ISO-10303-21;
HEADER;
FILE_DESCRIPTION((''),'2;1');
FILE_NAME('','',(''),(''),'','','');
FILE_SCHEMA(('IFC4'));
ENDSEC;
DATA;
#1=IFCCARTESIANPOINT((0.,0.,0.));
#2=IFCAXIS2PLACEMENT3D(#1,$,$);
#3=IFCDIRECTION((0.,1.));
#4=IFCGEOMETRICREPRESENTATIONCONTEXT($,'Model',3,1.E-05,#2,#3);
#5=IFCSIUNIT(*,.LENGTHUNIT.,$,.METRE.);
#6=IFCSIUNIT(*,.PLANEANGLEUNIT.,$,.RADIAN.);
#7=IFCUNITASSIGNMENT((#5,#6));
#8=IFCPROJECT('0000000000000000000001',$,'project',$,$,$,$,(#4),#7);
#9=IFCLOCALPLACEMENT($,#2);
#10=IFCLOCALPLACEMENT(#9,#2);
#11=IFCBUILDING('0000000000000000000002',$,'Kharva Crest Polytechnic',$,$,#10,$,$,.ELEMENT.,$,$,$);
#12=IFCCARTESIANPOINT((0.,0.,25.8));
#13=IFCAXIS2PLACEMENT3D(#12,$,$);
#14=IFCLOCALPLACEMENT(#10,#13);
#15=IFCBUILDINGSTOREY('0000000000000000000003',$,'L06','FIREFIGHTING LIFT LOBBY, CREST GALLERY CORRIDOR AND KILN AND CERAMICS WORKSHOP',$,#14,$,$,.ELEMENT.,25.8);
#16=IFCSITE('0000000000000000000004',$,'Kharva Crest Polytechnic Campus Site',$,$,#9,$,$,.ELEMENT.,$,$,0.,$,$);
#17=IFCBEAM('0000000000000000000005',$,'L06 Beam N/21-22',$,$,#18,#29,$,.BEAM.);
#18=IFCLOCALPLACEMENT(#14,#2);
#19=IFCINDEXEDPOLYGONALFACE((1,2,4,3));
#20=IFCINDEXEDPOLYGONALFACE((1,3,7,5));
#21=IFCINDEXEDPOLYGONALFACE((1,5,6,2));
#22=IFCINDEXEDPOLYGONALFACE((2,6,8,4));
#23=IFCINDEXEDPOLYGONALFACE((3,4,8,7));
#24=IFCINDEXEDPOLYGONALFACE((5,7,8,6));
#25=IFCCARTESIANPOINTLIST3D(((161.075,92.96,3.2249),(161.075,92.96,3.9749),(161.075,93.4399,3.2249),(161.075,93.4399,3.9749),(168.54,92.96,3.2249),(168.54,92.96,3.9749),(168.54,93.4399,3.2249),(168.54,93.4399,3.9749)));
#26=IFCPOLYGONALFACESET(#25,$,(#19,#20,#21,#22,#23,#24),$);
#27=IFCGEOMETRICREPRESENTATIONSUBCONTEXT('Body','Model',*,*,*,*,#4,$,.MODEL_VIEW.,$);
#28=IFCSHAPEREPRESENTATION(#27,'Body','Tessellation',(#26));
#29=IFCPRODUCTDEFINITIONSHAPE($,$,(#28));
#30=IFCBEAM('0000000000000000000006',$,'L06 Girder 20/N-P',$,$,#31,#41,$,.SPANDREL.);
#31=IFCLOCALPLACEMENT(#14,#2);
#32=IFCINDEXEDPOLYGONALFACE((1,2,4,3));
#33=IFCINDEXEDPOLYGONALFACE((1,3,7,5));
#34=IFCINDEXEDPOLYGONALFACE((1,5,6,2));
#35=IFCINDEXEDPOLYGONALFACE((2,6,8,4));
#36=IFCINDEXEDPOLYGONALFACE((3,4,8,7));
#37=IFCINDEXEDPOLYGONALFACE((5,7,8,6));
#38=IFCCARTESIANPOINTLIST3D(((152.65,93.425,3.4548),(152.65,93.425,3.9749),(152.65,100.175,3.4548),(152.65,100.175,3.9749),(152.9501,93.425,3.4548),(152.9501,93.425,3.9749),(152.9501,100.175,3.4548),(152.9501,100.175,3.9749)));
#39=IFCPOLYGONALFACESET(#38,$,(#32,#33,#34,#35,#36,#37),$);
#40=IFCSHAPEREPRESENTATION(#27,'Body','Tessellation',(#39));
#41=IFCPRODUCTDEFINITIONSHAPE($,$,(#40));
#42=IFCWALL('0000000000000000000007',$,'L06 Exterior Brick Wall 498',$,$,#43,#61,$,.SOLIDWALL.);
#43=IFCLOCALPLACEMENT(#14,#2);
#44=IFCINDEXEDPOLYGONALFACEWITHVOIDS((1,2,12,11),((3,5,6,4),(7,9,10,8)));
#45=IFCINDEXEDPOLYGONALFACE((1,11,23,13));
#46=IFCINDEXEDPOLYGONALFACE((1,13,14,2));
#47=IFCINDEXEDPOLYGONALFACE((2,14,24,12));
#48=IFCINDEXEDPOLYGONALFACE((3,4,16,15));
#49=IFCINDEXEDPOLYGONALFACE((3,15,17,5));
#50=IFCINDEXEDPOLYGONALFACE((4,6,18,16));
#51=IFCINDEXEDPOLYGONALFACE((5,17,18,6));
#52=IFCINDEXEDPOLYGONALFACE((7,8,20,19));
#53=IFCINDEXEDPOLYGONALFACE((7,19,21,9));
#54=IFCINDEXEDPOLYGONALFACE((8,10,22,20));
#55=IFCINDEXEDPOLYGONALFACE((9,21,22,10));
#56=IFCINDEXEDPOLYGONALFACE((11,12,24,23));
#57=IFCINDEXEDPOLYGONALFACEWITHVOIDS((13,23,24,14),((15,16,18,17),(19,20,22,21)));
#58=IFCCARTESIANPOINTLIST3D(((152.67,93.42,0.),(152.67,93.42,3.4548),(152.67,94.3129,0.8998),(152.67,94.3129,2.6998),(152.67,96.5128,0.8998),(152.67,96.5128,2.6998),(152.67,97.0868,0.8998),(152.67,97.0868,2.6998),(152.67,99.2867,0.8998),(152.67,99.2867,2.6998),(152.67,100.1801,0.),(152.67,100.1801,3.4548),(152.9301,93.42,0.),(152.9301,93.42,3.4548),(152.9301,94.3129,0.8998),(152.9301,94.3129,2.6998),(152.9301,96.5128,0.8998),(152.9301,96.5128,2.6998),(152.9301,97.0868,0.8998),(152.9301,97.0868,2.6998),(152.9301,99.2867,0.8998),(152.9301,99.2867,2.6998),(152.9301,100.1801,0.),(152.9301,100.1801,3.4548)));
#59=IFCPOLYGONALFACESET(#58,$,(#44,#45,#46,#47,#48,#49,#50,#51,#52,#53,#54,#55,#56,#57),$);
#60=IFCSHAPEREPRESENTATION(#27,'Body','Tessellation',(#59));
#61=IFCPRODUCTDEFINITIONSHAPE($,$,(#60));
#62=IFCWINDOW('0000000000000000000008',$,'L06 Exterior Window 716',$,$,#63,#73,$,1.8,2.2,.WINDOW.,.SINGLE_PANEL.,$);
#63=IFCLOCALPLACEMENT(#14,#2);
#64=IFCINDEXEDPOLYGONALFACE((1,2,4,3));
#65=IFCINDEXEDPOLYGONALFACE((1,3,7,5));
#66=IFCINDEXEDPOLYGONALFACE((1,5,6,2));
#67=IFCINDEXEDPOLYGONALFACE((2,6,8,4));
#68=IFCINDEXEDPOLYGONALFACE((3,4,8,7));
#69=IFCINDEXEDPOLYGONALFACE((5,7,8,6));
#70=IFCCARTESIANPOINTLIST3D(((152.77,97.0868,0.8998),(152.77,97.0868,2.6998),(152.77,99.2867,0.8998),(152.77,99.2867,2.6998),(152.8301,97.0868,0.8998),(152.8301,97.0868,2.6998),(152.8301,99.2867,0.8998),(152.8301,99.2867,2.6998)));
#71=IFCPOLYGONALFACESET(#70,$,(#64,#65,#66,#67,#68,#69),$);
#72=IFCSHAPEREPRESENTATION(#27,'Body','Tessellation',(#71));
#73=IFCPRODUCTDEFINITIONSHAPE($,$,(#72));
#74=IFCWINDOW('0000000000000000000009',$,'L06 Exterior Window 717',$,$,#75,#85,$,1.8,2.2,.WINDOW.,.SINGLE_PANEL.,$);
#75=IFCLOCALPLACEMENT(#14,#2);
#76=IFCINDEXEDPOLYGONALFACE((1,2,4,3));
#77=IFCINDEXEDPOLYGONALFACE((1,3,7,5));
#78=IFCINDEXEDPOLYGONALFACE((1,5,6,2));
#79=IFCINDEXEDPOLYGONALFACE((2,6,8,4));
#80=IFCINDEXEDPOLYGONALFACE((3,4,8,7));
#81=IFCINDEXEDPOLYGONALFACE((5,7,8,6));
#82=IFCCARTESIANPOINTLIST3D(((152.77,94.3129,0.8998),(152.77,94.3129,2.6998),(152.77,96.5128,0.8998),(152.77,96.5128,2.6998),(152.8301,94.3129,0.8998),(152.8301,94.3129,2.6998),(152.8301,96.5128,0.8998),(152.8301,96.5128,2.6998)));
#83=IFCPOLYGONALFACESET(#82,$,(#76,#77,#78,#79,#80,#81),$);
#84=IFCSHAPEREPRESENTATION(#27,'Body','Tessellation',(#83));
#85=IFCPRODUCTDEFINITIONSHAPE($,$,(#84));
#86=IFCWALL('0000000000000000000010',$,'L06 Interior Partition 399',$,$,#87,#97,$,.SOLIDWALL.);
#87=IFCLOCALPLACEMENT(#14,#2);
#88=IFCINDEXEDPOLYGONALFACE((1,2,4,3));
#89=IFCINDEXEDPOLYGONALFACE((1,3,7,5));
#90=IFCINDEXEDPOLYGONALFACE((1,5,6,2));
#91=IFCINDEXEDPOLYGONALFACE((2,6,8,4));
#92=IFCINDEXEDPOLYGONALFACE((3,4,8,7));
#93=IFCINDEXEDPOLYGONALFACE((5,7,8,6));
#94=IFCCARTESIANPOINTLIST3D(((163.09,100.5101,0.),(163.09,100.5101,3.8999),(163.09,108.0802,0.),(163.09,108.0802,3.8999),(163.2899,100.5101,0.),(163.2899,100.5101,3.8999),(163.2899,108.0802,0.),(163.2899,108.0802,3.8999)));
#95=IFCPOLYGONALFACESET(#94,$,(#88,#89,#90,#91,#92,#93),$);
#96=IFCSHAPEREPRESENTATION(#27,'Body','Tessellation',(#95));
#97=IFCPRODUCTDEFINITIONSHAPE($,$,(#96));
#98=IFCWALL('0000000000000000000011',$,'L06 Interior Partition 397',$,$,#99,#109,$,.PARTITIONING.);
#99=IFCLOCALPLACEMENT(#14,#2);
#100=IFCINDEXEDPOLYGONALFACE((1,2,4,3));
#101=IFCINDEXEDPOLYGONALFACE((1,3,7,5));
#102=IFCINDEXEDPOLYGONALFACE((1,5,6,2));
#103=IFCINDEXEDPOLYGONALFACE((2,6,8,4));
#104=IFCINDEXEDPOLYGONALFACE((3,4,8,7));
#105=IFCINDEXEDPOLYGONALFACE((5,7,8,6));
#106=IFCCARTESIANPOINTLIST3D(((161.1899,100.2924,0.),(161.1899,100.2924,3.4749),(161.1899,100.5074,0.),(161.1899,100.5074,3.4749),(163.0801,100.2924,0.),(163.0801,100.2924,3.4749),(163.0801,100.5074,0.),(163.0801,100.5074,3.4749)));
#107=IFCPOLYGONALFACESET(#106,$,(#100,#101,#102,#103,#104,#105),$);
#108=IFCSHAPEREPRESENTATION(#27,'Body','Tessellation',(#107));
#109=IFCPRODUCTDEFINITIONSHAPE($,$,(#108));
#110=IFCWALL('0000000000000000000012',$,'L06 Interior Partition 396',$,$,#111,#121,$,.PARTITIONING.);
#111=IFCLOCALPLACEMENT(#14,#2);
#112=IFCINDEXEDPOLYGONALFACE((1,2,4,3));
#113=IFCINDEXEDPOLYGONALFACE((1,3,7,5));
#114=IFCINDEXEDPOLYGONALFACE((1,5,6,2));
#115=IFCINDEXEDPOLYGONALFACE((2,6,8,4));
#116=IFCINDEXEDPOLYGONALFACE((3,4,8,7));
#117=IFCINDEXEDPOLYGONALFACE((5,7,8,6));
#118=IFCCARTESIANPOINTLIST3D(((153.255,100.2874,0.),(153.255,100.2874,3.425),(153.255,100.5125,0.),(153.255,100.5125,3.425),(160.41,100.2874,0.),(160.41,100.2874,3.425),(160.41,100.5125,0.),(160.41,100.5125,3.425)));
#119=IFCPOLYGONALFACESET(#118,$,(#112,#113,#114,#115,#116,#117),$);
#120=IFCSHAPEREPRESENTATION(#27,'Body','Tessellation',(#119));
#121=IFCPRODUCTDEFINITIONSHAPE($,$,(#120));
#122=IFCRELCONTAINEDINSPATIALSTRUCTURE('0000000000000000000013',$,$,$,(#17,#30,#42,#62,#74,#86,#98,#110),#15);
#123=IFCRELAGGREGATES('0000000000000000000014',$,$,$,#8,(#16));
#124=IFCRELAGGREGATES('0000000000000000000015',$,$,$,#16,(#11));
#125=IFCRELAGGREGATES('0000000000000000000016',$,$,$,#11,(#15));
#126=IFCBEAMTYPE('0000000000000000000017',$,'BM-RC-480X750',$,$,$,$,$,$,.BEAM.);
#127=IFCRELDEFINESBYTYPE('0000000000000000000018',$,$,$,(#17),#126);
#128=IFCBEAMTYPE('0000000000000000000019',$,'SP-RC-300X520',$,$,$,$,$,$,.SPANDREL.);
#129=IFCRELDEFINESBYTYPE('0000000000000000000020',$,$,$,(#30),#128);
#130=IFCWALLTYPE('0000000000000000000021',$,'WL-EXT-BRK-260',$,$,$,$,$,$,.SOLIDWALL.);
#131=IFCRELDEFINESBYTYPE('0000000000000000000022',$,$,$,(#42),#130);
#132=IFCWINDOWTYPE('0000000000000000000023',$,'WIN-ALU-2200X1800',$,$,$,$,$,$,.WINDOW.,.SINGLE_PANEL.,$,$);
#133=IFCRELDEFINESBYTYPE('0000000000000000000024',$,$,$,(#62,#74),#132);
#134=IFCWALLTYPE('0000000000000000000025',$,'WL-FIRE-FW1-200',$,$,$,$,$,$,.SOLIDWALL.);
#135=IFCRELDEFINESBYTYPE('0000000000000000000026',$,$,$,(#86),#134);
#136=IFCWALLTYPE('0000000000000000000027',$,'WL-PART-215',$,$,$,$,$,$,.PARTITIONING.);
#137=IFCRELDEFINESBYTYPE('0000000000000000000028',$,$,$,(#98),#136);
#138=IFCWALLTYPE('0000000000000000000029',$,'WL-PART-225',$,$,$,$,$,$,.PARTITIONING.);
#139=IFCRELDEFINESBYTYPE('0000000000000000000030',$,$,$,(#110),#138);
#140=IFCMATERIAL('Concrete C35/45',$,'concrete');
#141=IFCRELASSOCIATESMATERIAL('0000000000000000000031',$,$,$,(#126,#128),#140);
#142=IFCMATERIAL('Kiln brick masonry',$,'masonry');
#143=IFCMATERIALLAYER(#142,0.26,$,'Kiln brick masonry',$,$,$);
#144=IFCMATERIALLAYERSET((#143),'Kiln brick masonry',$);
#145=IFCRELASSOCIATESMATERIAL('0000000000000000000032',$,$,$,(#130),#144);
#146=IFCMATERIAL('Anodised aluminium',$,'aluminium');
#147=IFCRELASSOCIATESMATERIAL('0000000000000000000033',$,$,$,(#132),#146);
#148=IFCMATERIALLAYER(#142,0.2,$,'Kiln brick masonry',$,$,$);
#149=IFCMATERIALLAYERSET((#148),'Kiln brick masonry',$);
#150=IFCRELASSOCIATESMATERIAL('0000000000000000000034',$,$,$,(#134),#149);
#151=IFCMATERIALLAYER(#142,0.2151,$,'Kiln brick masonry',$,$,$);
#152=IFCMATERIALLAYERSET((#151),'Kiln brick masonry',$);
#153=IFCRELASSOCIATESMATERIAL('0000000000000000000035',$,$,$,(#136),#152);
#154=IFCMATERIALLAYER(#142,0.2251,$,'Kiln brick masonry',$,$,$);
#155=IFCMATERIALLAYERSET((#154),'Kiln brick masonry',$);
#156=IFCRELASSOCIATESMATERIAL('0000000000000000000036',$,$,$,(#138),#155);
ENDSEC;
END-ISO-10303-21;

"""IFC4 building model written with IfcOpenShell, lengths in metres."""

from ifc_helpers import new_model, si_unit, direction, frame, frame_2d, origin, origin_2d, place, context, subcontext, project, spatial, rectangle, extrude, material, layer, layer_set, material_profile, profile_set, type_object, element, fill, save


model = new_model("IFC4")

# Units and contexts
model_context = context("Model", 3, precision=1e-05, world=origin(), true_north=direction((0.0, 1.0)))
body_context = subcontext(model_context, "Body", "Model", "MODEL_VIEW")
ifc_project = project(units=[si_unit("LENGTHUNIT", "METRE"), si_unit("PLANEANGLEUNIT", "RADIAN")], contexts=[model_context])

# Site, building, storey
site_placement = place(None, origin())
site = spatial("IfcSite", under=ifc_project, at=site_placement, Name="Kharva Crest Polytechnic Campus Site", CompositionType="ELEMENT", RefElevation=0.0)
building_placement = place(site_placement, origin())
building = spatial("IfcBuilding", under=site, at=building_placement, Name="Kharva Crest Polytechnic", CompositionType="ELEMENT")
storey_placement = place(building_placement, frame((0.0, 0.0, 25.8)))
storey = spatial("IfcBuildingStorey", under=building, at=storey_placement, Name="L06", Description="FIREFIGHTING LIFT LOBBY, CREST GALLERY CORRIDOR AND KILN AND CERAMICS WORKSHOP", CompositionType="ELEMENT", Elevation=25.8)

# Beams
ifc_material_1 = material(Name="Concrete C35/45", Category="concrete")
ifc_material_profile_1 = material_profile(ifc_material_1, rectangle(XDim=0.48, YDim=0.75, at=origin_2d()), Name="RECT 480 X 750")
ifc_profile_set_1 = profile_set([ifc_material_profile_1], Name="Concrete C35/45")
beam_type_1 = type_object("IfcBeamType", Name="BM-RC-480X750", PredefinedType="BEAM", material=ifc_profile_set_1)
beam_1_placement = place(storey_placement, frame((161.075, 93.2, 3.5999), z_axis=(1.0, 0.0, 0.0), x_axis=(0.0, 1.0, 0.0)))
element("IfcBeam", 1, at=beam_1_placement, inside=storey, type_object=beam_type_1, Name="L06 Beam N/21-22", PredefinedType="BEAM", context=body_context, shape_type="SweptSolid", body=[
    extrude(rectangle(XDim=0.48, YDim=0.75, at=origin_2d()), origin(), (0.0, 0.0, 1.0), 7.4651),
])
ifc_material_profile_2 = material_profile(ifc_material_1, rectangle(XDim=0.3, YDim=0.52, at=origin_2d()), Name="RECT 300 X 520")
ifc_profile_set_2 = profile_set([ifc_material_profile_2], Name="Concrete C35/45")
beam_type_2 = type_object("IfcBeamType", Name="SP-RC-300X520", PredefinedType="SPANDREL", material=ifc_profile_set_2)
beam_2_placement = place(storey_placement, frame((152.8, 93.425, 3.7148), z_axis=(0.0, 1.0, 0.0), x_axis=(-1.0, 0.0, 0.0)))
element("IfcBeam", 2, at=beam_2_placement, inside=storey, type_object=beam_type_2, Name="L06 Girder 20/N-P", PredefinedType="SPANDREL", context=body_context, shape_type="SweptSolid", body=[
    extrude(rectangle(XDim=0.3, YDim=0.52, at=origin_2d()), origin(), (0.0, 0.0, 1.0), 6.75),
])

# Wall, openings, windows
ifc_material_2 = material(Name="Kiln brick masonry", Category="masonry")
ifc_layer_1 = layer(ifc_material_2, 0.26, Name="Kiln brick masonry")
ifc_layer_set_1 = layer_set([ifc_layer_1], Name="Kiln brick masonry")
wall_type_1 = type_object("IfcWallType", Name="WL-EXT-BRK-260", PredefinedType="SOLIDWALL", material=ifc_layer_set_1)
wall_1_placement = place(storey_placement, frame((152.8, 100.1799, 0.0), z_axis=(0.0, 0.0, 1.0), x_axis=(0.0, -1.0, 0.0)))
wall_1 = element("IfcWall", 3, at=wall_1_placement, inside=storey, type_object=wall_type_1, Name="L06 Exterior Brick Wall 498", PredefinedType="SOLIDWALL", context=body_context, shape_type="SweptSolid", body=[
    extrude(rectangle(XDim=6.76, YDim=0.26, at=frame_2d((3.3799, 0.0))), origin(), (0.0, 0.0, 1.0), 3.4548),
])
opening_1_placement = place(wall_1_placement, frame((0.8931, 0.0, 0.8999)))
opening_1 = element("IfcOpeningElement", 4, at=opening_1_placement, cuts=wall_1, PredefinedType="OPENING", context=body_context, shape_type="SweptSolid", body=[
    extrude(rectangle(XDim=2.2, YDim=1.8, at=frame_2d((1.1001, 0.8999))), frame((0.0, 0.1399, 0.0), z_axis=(0.0, -1.0, 0.0), x_axis=(1.0, 0.0, 0.0)), (0.0, 0.0, 1.0), 0.28),
])
opening_2_placement = place(wall_1_placement, frame((3.667, 0.0, 0.8999)))
opening_2 = element("IfcOpeningElement", 5, at=opening_2_placement, cuts=wall_1, PredefinedType="OPENING", context=body_context, shape_type="SweptSolid", body=[
    extrude(rectangle(XDim=2.2, YDim=1.8, at=frame_2d((1.1001, 0.8999))), frame((0.0, 0.1399, 0.0), z_axis=(0.0, -1.0, 0.0), x_axis=(1.0, 0.0, 0.0)), (0.0, 0.0, 1.0), 0.28),
])
ifc_material_3 = material(Name="Anodised aluminium", Category="aluminium")
window_type = type_object("IfcWindowType", Name="WIN-ALU-2200X1800", PartitioningType="SINGLE_PANEL", PredefinedType="WINDOW", material=ifc_material_3)
window_1_placement = place(opening_1_placement, origin())
window_1 = element("IfcWindow", 6, at=window_1_placement, inside=storey, type_object=window_type, Name="L06 Exterior Window 716", OverallHeight=1.8, OverallWidth=2.2, PartitioningType="SINGLE_PANEL", PredefinedType="WINDOW", context=body_context, shape_type="SweptSolid", body=[
    extrude(rectangle(XDim=2.2, YDim=1.8, at=frame_2d((1.1001, 0.8999))), frame((0.0, 0.03, 0.0), z_axis=(0.0, -1.0, 0.0), x_axis=(1.0, 0.0, 0.0)), (0.0, 0.0, 1.0), 0.0601),
])
fill(opening_1, window_1)
window_2_placement = place(opening_2_placement, origin())
window_2 = element("IfcWindow", 7, at=window_2_placement, inside=storey, type_object=window_type, Name="L06 Exterior Window 717", OverallHeight=1.8, OverallWidth=2.2, PartitioningType="SINGLE_PANEL", PredefinedType="WINDOW", context=body_context, shape_type="SweptSolid", body=[
    extrude(rectangle(XDim=2.2, YDim=1.8, at=frame_2d((1.1001, 0.8999))), frame((0.0, 0.03, 0.0), z_axis=(0.0, -1.0, 0.0), x_axis=(1.0, 0.0, 0.0)), (0.0, 0.0, 1.0), 0.0601),
])
fill(opening_2, window_2)

# Walls
ifc_layer_2 = layer(ifc_material_2, 0.2, Name="Kiln brick masonry")
ifc_layer_set_2 = layer_set([ifc_layer_2], Name="Kiln brick masonry")
wall_type_2 = type_object("IfcWallType", Name="WL-FIRE-FW1-200", PredefinedType="SOLIDWALL", material=ifc_layer_set_2)
wall_2_placement = place(storey_placement, frame((163.1899, 100.51, 0.0), z_axis=(0.0, 0.0, 1.0), x_axis=(0.0, 1.0, 0.0)))
element("IfcWall", 8, at=wall_2_placement, inside=storey, type_object=wall_type_2, Name="L06 Interior Partition 399", PredefinedType="SOLIDWALL", context=body_context, shape_type="SweptSolid", body=[
    extrude(rectangle(XDim=7.5701, YDim=0.2, at=frame_2d((3.7852, 0.0))), origin(), (0.0, 0.0, 1.0), 3.8999),
])
ifc_layer_3 = layer(ifc_material_2, 0.2151, Name="Kiln brick masonry")
ifc_layer_set_3 = layer_set([ifc_layer_3], Name="Kiln brick masonry")
wall_type_3 = type_object("IfcWallType", Name="WL-PART-215", PredefinedType="PARTITIONING", material=ifc_layer_set_3)
wall_3_placement = place(storey_placement, frame((161.1899, 100.3999, 0.0), z_axis=(0.0, 0.0, 1.0), x_axis=(1.0, 0.0, 0.0)))
element("IfcWall", 9, at=wall_3_placement, inside=storey, type_object=wall_type_3, Name="L06 Interior Partition 397", PredefinedType="PARTITIONING", context=body_context, shape_type="SweptSolid", body=[
    extrude(rectangle(XDim=1.8901, YDim=0.2151, at=frame_2d((0.9451, 0.0))), origin(), (0.0, 0.0, 1.0), 3.4749),
])
ifc_layer_4 = layer(ifc_material_2, 0.2251, Name="Kiln brick masonry")
ifc_layer_set_4 = layer_set([ifc_layer_4], Name="Kiln brick masonry")
wall_type_4 = type_object("IfcWallType", Name="WL-PART-225", PredefinedType="PARTITIONING", material=ifc_layer_set_4)
wall_4_placement = place(storey_placement, frame((153.2549, 100.3999, 0.0), z_axis=(0.0, 0.0, 1.0), x_axis=(1.0, 0.0, 0.0)))
element("IfcWall", 10, at=wall_4_placement, inside=storey, type_object=wall_type_4, Name="L06 Interior Partition 396", PredefinedType="PARTITIONING", context=body_context, shape_type="SweptSolid", body=[
    extrude(rectangle(XDim=7.155, YDim=0.2251, at=frame_2d((3.5776, 0.0))), origin(), (0.0, 0.0, 1.0), 3.425),
])

save(model, "model.ifc")
